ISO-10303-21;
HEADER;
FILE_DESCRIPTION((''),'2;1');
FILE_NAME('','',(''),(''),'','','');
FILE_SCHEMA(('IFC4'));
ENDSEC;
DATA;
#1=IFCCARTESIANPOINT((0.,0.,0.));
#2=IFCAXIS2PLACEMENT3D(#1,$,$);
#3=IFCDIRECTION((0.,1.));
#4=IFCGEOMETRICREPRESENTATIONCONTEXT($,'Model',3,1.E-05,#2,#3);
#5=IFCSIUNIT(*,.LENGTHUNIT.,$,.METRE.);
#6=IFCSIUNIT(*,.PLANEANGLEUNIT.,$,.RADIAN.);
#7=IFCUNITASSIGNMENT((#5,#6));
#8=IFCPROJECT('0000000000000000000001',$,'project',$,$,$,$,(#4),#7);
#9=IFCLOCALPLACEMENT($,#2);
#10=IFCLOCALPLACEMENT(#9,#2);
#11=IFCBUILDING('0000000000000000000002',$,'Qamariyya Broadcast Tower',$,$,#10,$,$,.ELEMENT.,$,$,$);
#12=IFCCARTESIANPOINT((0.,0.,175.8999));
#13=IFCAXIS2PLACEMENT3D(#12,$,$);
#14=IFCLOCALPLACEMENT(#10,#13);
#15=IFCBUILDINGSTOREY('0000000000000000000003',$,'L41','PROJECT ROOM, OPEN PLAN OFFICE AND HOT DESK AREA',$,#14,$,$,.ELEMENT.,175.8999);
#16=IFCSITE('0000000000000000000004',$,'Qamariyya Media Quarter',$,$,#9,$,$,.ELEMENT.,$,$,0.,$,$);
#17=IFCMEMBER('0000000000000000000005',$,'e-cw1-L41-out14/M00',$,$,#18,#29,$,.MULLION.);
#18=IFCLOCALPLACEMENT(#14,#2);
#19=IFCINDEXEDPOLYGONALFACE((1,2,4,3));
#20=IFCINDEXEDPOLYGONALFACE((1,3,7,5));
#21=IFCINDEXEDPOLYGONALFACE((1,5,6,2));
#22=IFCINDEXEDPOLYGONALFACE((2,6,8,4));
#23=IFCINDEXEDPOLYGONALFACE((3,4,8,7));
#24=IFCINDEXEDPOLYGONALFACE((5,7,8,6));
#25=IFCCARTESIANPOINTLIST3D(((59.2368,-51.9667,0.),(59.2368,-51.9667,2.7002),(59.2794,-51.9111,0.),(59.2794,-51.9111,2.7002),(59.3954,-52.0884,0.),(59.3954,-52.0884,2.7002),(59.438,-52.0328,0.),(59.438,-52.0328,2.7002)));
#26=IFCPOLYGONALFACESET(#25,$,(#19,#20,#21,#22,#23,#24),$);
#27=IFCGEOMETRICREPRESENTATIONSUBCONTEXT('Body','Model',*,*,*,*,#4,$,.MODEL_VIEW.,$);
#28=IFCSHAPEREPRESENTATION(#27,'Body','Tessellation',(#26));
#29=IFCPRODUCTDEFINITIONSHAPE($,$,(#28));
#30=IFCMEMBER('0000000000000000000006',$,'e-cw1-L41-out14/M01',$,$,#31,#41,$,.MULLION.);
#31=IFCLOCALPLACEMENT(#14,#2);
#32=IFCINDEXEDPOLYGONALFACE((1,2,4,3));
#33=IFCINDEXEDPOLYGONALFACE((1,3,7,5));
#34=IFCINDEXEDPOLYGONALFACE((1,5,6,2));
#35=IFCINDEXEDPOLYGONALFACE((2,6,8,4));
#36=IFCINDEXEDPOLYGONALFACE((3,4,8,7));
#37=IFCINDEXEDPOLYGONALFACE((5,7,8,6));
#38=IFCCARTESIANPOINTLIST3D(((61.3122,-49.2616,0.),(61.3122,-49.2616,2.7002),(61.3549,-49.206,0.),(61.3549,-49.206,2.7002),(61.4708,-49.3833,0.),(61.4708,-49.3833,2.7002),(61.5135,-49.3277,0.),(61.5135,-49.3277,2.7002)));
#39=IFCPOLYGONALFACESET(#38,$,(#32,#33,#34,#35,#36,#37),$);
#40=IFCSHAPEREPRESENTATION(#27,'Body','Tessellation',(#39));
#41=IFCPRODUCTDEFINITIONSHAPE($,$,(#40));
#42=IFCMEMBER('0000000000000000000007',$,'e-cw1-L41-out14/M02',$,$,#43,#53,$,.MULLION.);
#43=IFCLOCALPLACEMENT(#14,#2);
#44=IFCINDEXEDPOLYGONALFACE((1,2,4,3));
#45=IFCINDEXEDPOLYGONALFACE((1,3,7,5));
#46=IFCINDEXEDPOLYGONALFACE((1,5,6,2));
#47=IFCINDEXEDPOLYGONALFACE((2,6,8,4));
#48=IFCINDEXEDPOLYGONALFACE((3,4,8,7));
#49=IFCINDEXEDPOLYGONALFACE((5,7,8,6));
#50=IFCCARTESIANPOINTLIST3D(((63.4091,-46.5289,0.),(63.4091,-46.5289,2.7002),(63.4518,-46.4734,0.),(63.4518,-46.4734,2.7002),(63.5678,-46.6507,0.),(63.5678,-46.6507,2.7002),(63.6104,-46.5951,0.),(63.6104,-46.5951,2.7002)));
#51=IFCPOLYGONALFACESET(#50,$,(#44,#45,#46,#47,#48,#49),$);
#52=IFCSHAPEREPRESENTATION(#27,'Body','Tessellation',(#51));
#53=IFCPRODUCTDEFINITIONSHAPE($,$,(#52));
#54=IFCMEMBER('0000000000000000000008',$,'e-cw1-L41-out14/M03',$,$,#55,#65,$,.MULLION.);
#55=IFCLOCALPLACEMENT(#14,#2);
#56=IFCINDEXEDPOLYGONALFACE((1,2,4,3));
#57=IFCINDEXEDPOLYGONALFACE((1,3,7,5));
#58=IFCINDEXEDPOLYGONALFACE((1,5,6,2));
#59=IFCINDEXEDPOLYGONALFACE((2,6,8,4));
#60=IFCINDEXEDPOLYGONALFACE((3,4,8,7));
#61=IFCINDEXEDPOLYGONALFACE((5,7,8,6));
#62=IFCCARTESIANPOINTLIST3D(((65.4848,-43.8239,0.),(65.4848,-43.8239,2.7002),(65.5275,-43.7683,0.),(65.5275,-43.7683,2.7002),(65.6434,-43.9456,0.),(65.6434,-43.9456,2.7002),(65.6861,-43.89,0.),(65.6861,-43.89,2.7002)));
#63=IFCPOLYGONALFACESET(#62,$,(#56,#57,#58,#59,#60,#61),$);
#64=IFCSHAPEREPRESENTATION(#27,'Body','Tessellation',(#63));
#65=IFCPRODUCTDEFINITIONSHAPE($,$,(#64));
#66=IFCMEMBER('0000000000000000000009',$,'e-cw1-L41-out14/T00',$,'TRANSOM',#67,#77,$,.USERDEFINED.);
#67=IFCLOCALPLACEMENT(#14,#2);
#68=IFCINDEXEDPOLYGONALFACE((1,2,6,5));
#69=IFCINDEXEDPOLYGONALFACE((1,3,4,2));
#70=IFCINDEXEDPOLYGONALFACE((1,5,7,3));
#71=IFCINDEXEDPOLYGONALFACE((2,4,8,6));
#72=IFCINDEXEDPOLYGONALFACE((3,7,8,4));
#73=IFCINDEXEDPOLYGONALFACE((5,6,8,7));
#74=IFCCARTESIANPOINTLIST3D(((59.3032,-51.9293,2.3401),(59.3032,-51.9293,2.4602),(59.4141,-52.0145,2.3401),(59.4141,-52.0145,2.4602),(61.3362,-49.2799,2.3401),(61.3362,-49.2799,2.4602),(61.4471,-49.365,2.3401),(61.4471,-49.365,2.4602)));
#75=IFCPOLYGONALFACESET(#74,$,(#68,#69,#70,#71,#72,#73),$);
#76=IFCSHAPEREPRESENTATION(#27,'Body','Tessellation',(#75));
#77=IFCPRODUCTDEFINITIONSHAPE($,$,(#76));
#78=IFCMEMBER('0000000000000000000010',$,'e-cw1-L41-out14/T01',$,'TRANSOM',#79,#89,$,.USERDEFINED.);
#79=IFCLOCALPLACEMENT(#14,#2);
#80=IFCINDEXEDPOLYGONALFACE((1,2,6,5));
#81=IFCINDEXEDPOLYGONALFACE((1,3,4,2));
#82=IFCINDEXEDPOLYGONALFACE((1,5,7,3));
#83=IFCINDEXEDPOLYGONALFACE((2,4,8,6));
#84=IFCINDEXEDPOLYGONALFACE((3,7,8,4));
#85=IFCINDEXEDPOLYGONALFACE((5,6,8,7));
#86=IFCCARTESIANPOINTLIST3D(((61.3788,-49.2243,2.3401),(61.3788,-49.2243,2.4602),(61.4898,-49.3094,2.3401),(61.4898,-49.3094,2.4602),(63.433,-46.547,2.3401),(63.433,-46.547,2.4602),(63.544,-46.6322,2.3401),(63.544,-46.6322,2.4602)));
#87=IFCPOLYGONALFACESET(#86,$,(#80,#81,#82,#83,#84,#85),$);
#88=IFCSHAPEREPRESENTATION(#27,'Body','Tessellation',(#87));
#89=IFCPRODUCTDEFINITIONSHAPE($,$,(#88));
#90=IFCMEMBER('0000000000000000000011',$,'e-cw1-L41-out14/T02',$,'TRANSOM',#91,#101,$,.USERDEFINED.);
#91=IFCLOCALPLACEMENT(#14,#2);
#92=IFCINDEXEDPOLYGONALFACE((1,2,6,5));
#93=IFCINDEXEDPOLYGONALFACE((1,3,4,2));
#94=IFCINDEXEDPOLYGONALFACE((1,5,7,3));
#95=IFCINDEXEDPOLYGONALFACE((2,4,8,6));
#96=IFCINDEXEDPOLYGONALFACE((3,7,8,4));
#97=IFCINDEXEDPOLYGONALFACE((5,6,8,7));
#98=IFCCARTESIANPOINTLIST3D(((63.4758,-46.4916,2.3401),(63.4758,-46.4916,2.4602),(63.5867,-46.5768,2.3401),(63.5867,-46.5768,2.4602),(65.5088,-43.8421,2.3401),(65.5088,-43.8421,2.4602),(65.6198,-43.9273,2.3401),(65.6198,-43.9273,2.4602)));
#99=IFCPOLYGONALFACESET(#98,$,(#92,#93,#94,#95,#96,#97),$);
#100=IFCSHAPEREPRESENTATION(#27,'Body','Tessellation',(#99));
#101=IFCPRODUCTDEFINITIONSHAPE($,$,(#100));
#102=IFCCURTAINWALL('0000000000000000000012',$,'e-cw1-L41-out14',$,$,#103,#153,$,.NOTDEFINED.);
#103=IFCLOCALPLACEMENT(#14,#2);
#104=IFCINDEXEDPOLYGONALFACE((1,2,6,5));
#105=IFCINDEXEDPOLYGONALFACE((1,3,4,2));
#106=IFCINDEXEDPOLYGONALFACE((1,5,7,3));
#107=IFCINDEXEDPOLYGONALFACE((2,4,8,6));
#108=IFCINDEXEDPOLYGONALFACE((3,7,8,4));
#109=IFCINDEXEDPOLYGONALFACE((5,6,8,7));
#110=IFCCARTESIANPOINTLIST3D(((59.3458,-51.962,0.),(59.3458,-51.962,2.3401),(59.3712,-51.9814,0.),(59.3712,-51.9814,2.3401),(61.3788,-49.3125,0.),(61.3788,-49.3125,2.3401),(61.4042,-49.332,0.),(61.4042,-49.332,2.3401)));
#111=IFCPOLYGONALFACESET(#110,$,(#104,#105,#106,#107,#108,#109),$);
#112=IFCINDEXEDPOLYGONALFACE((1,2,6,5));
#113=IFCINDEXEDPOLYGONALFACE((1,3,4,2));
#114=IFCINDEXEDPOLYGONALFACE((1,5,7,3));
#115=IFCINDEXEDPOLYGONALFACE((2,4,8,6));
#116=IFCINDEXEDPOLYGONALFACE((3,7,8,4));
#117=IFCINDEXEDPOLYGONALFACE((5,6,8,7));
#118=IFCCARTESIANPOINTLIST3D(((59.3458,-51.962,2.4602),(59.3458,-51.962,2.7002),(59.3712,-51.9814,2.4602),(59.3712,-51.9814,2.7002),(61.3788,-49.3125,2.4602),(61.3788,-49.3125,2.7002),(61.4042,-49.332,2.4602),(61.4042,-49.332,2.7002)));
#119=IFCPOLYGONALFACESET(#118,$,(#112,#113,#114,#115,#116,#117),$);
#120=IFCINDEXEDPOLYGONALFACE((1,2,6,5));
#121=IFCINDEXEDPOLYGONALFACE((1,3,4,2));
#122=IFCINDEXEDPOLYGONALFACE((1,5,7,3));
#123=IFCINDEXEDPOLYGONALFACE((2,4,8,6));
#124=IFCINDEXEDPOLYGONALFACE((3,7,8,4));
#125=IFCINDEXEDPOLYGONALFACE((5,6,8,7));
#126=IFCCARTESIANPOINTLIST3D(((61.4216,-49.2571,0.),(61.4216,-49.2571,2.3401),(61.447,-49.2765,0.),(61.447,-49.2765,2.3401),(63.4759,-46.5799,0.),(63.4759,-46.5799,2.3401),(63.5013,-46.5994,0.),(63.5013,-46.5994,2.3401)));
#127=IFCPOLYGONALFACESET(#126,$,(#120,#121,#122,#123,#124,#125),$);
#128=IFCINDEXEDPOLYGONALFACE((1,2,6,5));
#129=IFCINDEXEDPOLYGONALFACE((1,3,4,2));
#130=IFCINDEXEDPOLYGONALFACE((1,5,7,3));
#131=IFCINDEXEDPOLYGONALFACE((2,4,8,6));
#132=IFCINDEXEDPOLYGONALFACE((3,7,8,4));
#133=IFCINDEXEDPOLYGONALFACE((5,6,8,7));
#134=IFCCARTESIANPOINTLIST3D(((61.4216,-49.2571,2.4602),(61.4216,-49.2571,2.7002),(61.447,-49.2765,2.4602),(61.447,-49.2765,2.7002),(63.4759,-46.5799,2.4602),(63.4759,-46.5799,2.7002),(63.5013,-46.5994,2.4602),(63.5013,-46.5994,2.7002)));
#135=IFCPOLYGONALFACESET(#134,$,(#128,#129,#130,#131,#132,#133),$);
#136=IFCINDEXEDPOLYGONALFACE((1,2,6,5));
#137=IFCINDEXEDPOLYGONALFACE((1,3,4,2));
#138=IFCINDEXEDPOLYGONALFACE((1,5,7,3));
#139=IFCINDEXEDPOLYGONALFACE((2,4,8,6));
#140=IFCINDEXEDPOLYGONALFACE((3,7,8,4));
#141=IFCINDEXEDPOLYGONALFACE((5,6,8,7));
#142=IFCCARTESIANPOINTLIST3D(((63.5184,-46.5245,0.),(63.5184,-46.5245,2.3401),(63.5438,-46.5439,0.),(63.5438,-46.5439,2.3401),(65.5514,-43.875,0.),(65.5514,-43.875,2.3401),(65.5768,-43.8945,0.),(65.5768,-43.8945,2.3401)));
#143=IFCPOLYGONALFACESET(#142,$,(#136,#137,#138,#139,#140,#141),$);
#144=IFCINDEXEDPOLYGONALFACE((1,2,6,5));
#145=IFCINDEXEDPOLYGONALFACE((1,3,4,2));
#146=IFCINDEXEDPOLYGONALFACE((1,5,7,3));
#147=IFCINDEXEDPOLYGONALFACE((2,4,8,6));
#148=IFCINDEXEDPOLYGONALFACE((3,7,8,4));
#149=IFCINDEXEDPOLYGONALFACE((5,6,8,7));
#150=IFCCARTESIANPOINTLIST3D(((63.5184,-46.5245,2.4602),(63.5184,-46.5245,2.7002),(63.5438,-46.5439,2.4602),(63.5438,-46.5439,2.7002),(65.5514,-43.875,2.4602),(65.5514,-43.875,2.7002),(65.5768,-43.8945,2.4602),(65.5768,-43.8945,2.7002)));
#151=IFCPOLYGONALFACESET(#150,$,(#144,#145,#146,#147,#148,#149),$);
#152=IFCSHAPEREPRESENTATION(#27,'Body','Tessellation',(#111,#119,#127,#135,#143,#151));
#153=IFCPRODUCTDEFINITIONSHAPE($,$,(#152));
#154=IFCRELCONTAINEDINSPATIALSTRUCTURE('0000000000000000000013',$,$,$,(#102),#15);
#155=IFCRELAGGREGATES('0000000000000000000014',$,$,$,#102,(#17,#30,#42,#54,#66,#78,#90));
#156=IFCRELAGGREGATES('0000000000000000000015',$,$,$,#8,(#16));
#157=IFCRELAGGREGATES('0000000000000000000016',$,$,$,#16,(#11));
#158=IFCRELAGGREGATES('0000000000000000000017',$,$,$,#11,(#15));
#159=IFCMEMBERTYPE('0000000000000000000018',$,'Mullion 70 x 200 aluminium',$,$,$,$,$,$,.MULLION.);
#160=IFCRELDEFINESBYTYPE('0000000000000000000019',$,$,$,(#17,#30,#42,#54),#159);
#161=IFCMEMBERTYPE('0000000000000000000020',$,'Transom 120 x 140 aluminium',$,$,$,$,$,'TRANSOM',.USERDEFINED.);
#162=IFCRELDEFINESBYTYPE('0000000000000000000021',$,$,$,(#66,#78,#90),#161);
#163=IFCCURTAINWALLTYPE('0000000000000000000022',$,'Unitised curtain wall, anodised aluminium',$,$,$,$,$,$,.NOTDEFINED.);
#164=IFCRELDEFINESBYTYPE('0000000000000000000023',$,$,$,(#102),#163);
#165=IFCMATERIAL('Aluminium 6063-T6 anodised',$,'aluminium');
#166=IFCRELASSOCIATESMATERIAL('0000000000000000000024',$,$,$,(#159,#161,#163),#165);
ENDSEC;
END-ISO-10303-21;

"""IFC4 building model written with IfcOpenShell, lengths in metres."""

from ifc_helpers import new_model, si_unit, direction, frame, origin, origin_2d, place, context, subcontext, project, spatial, rectangle, extrude, material, material_profile, profile_set, type_object, element, aggregate, save


model = new_model("IFC4")

# Units and contexts
model_context = context("Model", 3, precision=1e-05, world=origin(), true_north=direction((0.0, 1.0)))
body_context = subcontext(model_context, "Body", "Model", "MODEL_VIEW")
ifc_project = project(units=[si_unit("LENGTHUNIT", "METRE"), si_unit("PLANEANGLEUNIT", "RADIAN")], contexts=[model_context])

# Members
ifc_material = material(Name="Aluminium 6063-T6 anodised", Category="aluminium")
ifc_material_profile_1 = material_profile(ifc_material, rectangle(XDim=0.2, YDim=0.0701, at=origin_2d()))
ifc_profile_set_1 = profile_set([ifc_material_profile_1], Name="Aluminium 6063-T6 anodised")
member_type_1 = type_object("IfcMemberType", Name="Mullion 70 x 200 aluminium", PredefinedType="MULLION", material=ifc_profile_set_1)
site_placement = place(None, origin())
building_placement = place(site_placement, origin())
storey_placement = place(building_placement, frame((0.0, 0.0, 175.8999)))
member_1_placement = place(storey_placement, frame((59.3374, -51.9998, 0.0), z_axis=(0.0, 0.0, 1.0), x_axis=(-0.793353, 0.608761, 0.0)))
member_1 = element("IfcMember", 1, at=member_1_placement, type_object=member_type_1, Name="e-cw1-L41-out14/M00", PredefinedType="MULLION", context=body_context, shape_type="SweptSolid", body=[
    extrude(rectangle(XDim=0.2, YDim=0.0701, at=origin_2d()), origin(), (0.0, 0.0, 1.0), 2.7002),
])
member_2_placement = place(storey_placement, frame((61.4128, -49.2947, 0.0), z_axis=(0.0, 0.0, 1.0), x_axis=(-0.793353, 0.608761, 0.0)))
member_2 = element("IfcMember", 2, at=member_2_placement, type_object=member_type_1, Name="e-cw1-L41-out14/M01", PredefinedType="MULLION", context=body_context, shape_type="SweptSolid", body=[
    extrude(rectangle(XDim=0.2, YDim=0.0701, at=origin_2d()), origin(), (0.0, 0.0, 1.0), 2.7002),
])
member_3_placement = place(storey_placement, frame((63.5098, -46.562, 0.0), z_axis=(0.0, 0.0, 1.0), x_axis=(-0.793353, 0.608761, 0.0)))
member_3 = element("IfcMember", 3, at=member_3_placement, type_object=member_type_1, Name="e-cw1-L41-out14/M02", PredefinedType="MULLION", context=body_context, shape_type="SweptSolid", body=[
    extrude(rectangle(XDim=0.2, YDim=0.0701, at=origin_2d()), origin(), (0.0, 0.0, 1.0), 2.7002),
])
member_4_placement = place(storey_placement, frame((65.5854, -43.8569, 0.0), z_axis=(0.0, 0.0, 1.0), x_axis=(-0.793353, 0.608761, 0.0)))
member_4 = element("IfcMember", 4, at=member_4_placement, type_object=member_type_1, Name="e-cw1-L41-out14/M03", PredefinedType="MULLION", context=body_context, shape_type="SweptSolid", body=[
    extrude(rectangle(XDim=0.2, YDim=0.0701, at=origin_2d()), origin(), (0.0, 0.0, 1.0), 2.7002),
])
ifc_material_profile_2 = material_profile(ifc_material, rectangle(XDim=0.1399, YDim=0.1201, at=origin_2d()))
ifc_profile_set_2 = profile_set([ifc_material_profile_2], Name="Aluminium 6063-T6 anodised")
member_type_2 = type_object("IfcMemberType", Name="Transom 120 x 140 aluminium", ElementType="TRANSOM", PredefinedType="USERDEFINED", material=ifc_profile_set_2)
member_5_placement = place(storey_placement, frame((59.3586, -51.9719, 2.4001), z_axis=(0.60876, 0.793354, 0.0), x_axis=(-0.793354, 0.60876, 0.0)))
member_5 = element("IfcMember", 5, at=member_5_placement, type_object=member_type_2, Name="e-cw1-L41-out14/T00", ObjectType="TRANSOM", PredefinedType="USERDEFINED", context=body_context, shape_type="SweptSolid", body=[
    extrude(rectangle(XDim=0.1399, YDim=0.1201, at=origin_2d()), origin(), (0.0, 0.0, 1.0), 3.3396),
])
member_6_placement = place(storey_placement, frame((61.4343, -49.2668, 2.4001), z_axis=(0.608738, 0.793371, 0.0), x_axis=(-0.793371, 0.608738, 0.0)))
member_6 = element("IfcMember", 6, at=member_6_placement, type_object=member_type_2, Name="e-cw1-L41-out14/T01", ObjectType="TRANSOM", PredefinedType="USERDEFINED", context=body_context, shape_type="SweptSolid", body=[
    extrude(rectangle(XDim=0.1399, YDim=0.1201, at=origin_2d()), origin(), (0.0, 0.0, 1.0), 3.3745),
])
member_7_placement = place(storey_placement, frame((63.5312, -46.5342, 2.4001), z_axis=(0.60876, 0.793354, 0.0), x_axis=(-0.793354, 0.60876, 0.0)))
member_7 = element("IfcMember", 7, at=member_7_placement, type_object=member_type_2, Name="e-cw1-L41-out14/T02", ObjectType="TRANSOM", PredefinedType="USERDEFINED", context=body_context, shape_type="SweptSolid", body=[
    extrude(rectangle(XDim=0.1399, YDim=0.1201, at=origin_2d()), origin(), (0.0, 0.0, 1.0), 3.3396),
])

# Site, building, storey
site = spatial("IfcSite", under=ifc_project, at=site_placement, Name="Qamariyya Media Quarter", CompositionType="ELEMENT", RefElevation=0.0)
building = spatial("IfcBuilding", under=site, at=building_placement, Name="Qamariyya Broadcast Tower", CompositionType="ELEMENT")
storey = spatial("IfcBuildingStorey", under=building, at=storey_placement, Name="L41", Description="PROJECT ROOM, OPEN PLAN OFFICE AND HOT DESK AREA", CompositionType="ELEMENT", Elevation=175.8999)

# Curtain wall
curtain_wall_type = type_object("IfcCurtainWallType", Name="Unitised curtain wall, anodised aluminium", PredefinedType="NOTDEFINED", material=ifc_material)
curtain_wall_1_placement = place(storey_placement, origin())
curtain_wall_1 = element("IfcCurtainWall", 8, at=curtain_wall_1_placement, inside=storey, type_object=curtain_wall_type, Name="e-cw1-L41-out14", PredefinedType="NOTDEFINED", context=body_context, shape_type="SweptSolid", body=[
    extrude(rectangle(XDim=3.3396, YDim=0.032, at=origin_2d()), frame((60.375, -50.647, 0.0), x_axis=(0.608764, 0.793352, 0.0)), (0.0, 0.0, 1.0), 2.3401),
    extrude(rectangle(XDim=3.3396, YDim=0.032, at=origin_2d()), frame((60.375, -50.647, 2.4602), x_axis=(0.608764, 0.793352, 0.0)), (0.0, 0.0, 1.0), 0.24),
    extrude(rectangle(XDim=3.3745, YDim=0.032, at=origin_2d()), frame((62.4614, -47.9282, 0.0), x_axis=(0.608764, 0.793352, 0.0)), (0.0, 0.0, 1.0), 2.3401),
    extrude(rectangle(XDim=3.3745, YDim=0.032, at=origin_2d()), frame((62.4614, -47.9282, 2.4602), x_axis=(0.608764, 0.793352, 0.0)), (0.0, 0.0, 1.0), 0.24),
    extrude(rectangle(XDim=3.3396, YDim=0.032, at=origin_2d()), frame((64.5476, -45.2095, 0.0), x_axis=(0.608764, 0.793352, 0.0)), (0.0, 0.0, 1.0), 2.3401),
    extrude(rectangle(XDim=3.3396, YDim=0.032, at=origin_2d()), frame((64.5476, -45.2095, 2.4602), x_axis=(0.608764, 0.793352, 0.0)), (0.0, 0.0, 1.0), 0.24),
])
aggregate(curtain_wall_1, [member_1, member_2, member_3, member_4, member_5, member_6, member_7])

save(model, "model.ifc")
